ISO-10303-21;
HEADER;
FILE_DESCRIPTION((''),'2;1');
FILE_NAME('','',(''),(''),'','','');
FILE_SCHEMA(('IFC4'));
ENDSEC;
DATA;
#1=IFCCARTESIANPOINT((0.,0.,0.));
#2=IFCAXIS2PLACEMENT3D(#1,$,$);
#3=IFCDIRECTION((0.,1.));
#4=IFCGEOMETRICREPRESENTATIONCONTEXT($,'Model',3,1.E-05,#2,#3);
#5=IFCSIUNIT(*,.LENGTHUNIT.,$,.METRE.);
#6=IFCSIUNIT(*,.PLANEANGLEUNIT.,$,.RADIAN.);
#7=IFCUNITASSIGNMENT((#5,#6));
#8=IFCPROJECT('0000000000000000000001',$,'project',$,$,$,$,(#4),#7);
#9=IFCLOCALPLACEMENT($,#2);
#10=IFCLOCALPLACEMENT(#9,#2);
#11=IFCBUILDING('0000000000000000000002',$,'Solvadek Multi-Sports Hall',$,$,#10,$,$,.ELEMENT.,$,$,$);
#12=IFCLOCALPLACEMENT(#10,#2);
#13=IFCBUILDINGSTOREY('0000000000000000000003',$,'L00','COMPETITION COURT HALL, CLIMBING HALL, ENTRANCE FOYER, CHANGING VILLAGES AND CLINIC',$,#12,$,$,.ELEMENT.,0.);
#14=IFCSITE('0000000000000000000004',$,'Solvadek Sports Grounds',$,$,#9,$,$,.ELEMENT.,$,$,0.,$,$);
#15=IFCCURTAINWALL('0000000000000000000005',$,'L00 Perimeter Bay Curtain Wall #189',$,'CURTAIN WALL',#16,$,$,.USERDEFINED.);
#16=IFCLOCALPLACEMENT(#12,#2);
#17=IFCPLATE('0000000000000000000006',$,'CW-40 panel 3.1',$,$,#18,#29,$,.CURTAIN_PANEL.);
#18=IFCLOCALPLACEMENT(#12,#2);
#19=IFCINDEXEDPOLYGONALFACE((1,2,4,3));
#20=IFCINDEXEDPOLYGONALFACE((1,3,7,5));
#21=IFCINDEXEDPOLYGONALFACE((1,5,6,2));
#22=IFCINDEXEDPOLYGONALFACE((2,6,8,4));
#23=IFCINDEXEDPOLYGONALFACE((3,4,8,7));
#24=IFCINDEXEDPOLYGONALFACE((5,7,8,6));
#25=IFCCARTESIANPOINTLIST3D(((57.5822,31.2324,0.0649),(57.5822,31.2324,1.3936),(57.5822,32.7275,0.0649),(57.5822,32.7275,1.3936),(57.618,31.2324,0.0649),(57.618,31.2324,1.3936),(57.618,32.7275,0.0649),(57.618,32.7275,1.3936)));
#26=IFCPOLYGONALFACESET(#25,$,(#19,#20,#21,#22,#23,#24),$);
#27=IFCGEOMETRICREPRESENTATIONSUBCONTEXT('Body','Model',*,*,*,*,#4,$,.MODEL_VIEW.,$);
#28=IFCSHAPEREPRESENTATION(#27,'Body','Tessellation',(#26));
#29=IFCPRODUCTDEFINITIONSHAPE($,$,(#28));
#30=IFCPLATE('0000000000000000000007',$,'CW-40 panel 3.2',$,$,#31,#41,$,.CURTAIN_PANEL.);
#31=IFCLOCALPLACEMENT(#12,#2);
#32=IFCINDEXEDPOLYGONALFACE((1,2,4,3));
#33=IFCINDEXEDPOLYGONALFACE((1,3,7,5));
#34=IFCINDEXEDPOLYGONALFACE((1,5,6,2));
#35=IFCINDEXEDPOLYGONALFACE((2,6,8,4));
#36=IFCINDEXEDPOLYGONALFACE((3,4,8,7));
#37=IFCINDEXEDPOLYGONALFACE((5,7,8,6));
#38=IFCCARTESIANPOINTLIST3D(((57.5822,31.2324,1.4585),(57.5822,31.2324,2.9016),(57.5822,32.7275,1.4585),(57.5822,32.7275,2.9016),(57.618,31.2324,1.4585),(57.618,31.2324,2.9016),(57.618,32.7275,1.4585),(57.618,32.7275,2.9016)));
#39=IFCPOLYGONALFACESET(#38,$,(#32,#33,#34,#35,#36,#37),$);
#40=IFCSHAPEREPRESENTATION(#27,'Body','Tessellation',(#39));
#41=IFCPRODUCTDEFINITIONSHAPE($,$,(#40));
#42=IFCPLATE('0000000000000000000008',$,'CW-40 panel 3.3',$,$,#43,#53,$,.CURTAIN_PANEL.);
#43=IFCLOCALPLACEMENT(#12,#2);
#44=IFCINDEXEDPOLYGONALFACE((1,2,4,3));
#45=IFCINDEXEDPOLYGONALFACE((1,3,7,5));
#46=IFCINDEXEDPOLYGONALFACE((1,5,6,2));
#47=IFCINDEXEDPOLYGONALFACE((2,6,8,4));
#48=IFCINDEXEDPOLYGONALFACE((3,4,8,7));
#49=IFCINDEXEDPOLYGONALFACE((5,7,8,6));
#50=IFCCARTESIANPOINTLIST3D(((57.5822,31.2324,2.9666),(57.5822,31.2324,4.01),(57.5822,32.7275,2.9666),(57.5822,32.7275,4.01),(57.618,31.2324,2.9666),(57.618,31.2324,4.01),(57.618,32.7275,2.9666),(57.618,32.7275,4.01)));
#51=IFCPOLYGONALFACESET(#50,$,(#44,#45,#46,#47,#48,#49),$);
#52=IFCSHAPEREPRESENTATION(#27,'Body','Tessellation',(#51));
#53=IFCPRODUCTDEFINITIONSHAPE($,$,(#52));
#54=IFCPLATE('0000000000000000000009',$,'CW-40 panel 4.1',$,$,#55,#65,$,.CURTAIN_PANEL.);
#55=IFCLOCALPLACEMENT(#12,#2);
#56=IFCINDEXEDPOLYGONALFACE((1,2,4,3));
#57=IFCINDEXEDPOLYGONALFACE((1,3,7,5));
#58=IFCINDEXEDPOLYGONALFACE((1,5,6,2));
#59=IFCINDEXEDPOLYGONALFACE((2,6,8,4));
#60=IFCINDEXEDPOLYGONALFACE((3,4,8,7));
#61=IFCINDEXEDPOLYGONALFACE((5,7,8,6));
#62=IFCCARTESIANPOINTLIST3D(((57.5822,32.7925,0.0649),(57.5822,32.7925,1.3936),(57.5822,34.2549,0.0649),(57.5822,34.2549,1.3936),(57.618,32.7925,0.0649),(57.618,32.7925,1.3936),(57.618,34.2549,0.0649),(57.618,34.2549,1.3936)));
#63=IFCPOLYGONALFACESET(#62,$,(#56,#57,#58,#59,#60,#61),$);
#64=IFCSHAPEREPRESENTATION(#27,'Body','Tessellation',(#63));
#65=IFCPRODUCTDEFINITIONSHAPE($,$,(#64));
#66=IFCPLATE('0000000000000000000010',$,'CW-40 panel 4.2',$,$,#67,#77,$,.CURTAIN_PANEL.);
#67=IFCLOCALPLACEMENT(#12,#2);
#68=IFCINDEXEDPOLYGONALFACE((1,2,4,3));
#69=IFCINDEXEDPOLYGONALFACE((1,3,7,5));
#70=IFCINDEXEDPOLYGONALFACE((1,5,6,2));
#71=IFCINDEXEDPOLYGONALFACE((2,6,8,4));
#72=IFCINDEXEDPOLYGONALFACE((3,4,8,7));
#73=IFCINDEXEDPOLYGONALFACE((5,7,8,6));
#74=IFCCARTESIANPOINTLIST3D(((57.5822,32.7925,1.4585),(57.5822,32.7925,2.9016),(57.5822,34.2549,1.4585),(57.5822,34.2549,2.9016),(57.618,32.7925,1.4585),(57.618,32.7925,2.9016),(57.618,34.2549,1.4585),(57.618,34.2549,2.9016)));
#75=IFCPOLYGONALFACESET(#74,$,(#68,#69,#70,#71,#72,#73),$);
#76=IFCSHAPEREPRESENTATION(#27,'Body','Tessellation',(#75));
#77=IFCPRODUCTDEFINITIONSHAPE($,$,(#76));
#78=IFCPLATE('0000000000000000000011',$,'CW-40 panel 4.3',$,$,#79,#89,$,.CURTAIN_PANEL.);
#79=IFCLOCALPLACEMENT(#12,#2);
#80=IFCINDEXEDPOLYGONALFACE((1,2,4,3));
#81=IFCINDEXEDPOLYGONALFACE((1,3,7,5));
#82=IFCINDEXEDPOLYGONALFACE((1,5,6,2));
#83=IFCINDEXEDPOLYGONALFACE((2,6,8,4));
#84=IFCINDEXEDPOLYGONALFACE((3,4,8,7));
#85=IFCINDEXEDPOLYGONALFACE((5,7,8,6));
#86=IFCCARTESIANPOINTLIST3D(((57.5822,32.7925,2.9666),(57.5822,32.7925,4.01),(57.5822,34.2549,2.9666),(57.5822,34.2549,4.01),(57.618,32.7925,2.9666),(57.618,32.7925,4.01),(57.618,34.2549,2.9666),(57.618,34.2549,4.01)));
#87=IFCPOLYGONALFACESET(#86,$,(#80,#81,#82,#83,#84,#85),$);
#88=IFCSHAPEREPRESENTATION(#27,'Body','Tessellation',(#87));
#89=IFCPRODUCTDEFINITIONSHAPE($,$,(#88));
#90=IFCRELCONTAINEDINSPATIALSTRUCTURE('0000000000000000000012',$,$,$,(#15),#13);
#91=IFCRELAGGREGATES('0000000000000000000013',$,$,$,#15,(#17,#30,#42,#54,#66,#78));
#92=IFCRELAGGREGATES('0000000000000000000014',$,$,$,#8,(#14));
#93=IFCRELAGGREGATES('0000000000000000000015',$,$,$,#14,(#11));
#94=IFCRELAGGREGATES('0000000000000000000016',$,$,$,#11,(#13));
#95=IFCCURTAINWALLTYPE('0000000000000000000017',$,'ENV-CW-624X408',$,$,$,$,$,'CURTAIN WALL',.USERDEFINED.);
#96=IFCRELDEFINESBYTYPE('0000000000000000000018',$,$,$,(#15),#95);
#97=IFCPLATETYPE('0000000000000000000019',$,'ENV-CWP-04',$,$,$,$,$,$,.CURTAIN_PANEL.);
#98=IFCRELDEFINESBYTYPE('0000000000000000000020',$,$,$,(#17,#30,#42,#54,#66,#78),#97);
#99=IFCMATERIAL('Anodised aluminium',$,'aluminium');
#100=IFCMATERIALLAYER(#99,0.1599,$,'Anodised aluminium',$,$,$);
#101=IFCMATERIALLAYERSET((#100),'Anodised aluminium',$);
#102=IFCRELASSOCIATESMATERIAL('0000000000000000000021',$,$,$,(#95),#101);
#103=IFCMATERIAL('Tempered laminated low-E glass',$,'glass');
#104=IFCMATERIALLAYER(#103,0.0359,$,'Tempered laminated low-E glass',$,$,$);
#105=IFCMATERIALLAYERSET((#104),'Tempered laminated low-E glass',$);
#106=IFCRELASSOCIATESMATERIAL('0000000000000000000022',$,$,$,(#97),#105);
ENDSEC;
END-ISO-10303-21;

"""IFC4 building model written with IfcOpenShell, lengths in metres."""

from ifc_helpers import new_model, si_unit, direction, frame, origin, origin_2d, place, context, subcontext, project, spatial, rectangle, extrude, material, layer, layer_set, type_object, element, aggregate, save


model = new_model("IFC4")

# Units and contexts
model_context = context("Model", 3, precision=1e-05, world=origin(), true_north=direction((0.0, 1.0)))
body_context = subcontext(model_context, "Body", "Model", "MODEL_VIEW")
ifc_project = project(units=[si_unit("LENGTHUNIT", "METRE"), si_unit("PLANEANGLEUNIT", "RADIAN")], contexts=[model_context])

# Site, building, storey
site_placement = place(None, origin())
site = spatial("IfcSite", under=ifc_project, at=site_placement, Name="Solvadek Sports Grounds", CompositionType="ELEMENT", RefElevation=0.0)
building_placement = place(site_placement, origin())
building = spatial("IfcBuilding", under=site, at=building_placement, Name="Solvadek Multi-Sports Hall", CompositionType="ELEMENT")
storey_placement = place(building_placement, origin())
storey = spatial("IfcBuildingStorey", under=building, at=storey_placement, Name="L00", Description="COMPETITION COURT HALL, CLIMBING HALL, ENTRANCE FOYER, CHANGING VILLAGES AND CLINIC", CompositionType="ELEMENT", Elevation=0.0)

# Shared definitions
ifc_material_1 = material(Name="Anodised aluminium", Category="aluminium")

# Curtain wall
ifc_layer_1 = layer(ifc_material_1, 0.1599, Name="Anodised aluminium")
ifc_layer_set_1 = layer_set([ifc_layer_1], Name="Anodised aluminium")
curtain_wall_type_1 = type_object("IfcCurtainWallType", Name="ENV-CW-624X408", ElementType="CURTAIN WALL", PredefinedType="USERDEFINED", material=ifc_layer_set_1)
curtain_wall_1_placement = place(storey_placement, origin())
curtain_wall_1 = element("IfcCurtainWall", 1, at=curtain_wall_1_placement, inside=storey, type_object=curtain_wall_type_1, Name="L00 Perimeter Bay Curtain Wall #189", ObjectType="CURTAIN WALL", PredefinedType="USERDEFINED")

# Plates
ifc_material_2 = material(Name="Tempered laminated low-E glass", Category="glass")
ifc_layer_2 = layer(ifc_material_2, 0.0359, Name="Tempered laminated low-E glass")
ifc_layer_set_2 = layer_set([ifc_layer_2], Name="Tempered laminated low-E glass")
plate_type_1 = type_object("IfcPlateType", Name="ENV-CWP-04", PredefinedType="CURTAIN_PANEL", material=ifc_layer_set_2)
plate_1_placement = place(storey_placement, frame((57.6001, 31.98, 0.0649), z_axis=(0.0, 0.0, 1.0), x_axis=(0.0, 1.0, 0.0)))
plate_1 = element("IfcPlate", 2, at=plate_1_placement, type_object=plate_type_1, Name="CW-40 panel 3.1", PredefinedType="CURTAIN_PANEL", context=body_context, shape_type="SweptSolid", body=[
    extrude(rectangle(XDim=1.4951, YDim=0.0359, at=origin_2d()), origin(), (0.0, 0.0, 1.0), 1.3286),
])
plate_2_placement = place(storey_placement, frame((57.6001, 31.98, 1.4585), z_axis=(0.0, 0.0, 1.0), x_axis=(0.0, 1.0, 0.0)))
plate_2 = element("IfcPlate", 3, at=plate_2_placement, type_object=plate_type_1, Name="CW-40 panel 3.2", PredefinedType="CURTAIN_PANEL", context=body_context, shape_type="SweptSolid", body=[
    extrude(rectangle(XDim=1.4951, YDim=0.0359, at=origin_2d()), origin(), (0.0, 0.0, 1.0), 1.4431),
])
plate_3_placement = place(storey_placement, frame((57.6001, 31.98, 2.9666), z_axis=(0.0, 0.0, 1.0), x_axis=(0.0, 1.0, 0.0)))
plate_3 = element("IfcPlate", 4, at=plate_3_placement, type_object=plate_type_1, Name="CW-40 panel 3.3", PredefinedType="CURTAIN_PANEL", context=body_context, shape_type="SweptSolid", body=[
    extrude(rectangle(XDim=1.4951, YDim=0.0359, at=origin_2d()), origin(), (0.0, 0.0, 1.0), 1.0435),
])
plate_4_placement = place(storey_placement, frame((57.6001, 33.5237, 0.0649), z_axis=(0.0, 0.0, 1.0), x_axis=(0.0, 1.0, 0.0)))
plate_4 = element("IfcPlate", 5, at=plate_4_placement, type_object=plate_type_1, Name="CW-40 panel 4.1", PredefinedType="CURTAIN_PANEL", context=body_context, shape_type="SweptSolid", body=[
    extrude(rectangle(XDim=1.4624, YDim=0.0359, at=origin_2d()), origin(), (0.0, 0.0, 1.0), 1.3286),
])
plate_5_placement = place(storey_placement, frame((57.6001, 33.5237, 1.4585), z_axis=(0.0, 0.0, 1.0), x_axis=(0.0, 1.0, 0.0)))
plate_5 = element("IfcPlate", 6, at=plate_5_placement, type_object=plate_type_1, Name="CW-40 panel 4.2", PredefinedType="CURTAIN_PANEL", context=body_context, shape_type="SweptSolid", body=[
    extrude(rectangle(XDim=1.4624, YDim=0.0359, at=origin_2d()), origin(), (0.0, 0.0, 1.0), 1.4431),
])
plate_6_placement = place(storey_placement, frame((57.6001, 33.5237, 2.9666), z_axis=(0.0, 0.0, 1.0), x_axis=(0.0, 1.0, 0.0)))
plate_6 = element("IfcPlate", 7, at=plate_6_placement, type_object=plate_type_1, Name="CW-40 panel 4.3", PredefinedType="CURTAIN_PANEL", context=body_context, shape_type="SweptSolid", body=[
    extrude(rectangle(XDim=1.4624, YDim=0.0359, at=origin_2d()), origin(), (0.0, 0.0, 1.0), 1.0435),
])
aggregate(curtain_wall_1, [plate_1, plate_2, plate_3, plate_4, plate_5, plate_6])

save(model, "model.ifc")
